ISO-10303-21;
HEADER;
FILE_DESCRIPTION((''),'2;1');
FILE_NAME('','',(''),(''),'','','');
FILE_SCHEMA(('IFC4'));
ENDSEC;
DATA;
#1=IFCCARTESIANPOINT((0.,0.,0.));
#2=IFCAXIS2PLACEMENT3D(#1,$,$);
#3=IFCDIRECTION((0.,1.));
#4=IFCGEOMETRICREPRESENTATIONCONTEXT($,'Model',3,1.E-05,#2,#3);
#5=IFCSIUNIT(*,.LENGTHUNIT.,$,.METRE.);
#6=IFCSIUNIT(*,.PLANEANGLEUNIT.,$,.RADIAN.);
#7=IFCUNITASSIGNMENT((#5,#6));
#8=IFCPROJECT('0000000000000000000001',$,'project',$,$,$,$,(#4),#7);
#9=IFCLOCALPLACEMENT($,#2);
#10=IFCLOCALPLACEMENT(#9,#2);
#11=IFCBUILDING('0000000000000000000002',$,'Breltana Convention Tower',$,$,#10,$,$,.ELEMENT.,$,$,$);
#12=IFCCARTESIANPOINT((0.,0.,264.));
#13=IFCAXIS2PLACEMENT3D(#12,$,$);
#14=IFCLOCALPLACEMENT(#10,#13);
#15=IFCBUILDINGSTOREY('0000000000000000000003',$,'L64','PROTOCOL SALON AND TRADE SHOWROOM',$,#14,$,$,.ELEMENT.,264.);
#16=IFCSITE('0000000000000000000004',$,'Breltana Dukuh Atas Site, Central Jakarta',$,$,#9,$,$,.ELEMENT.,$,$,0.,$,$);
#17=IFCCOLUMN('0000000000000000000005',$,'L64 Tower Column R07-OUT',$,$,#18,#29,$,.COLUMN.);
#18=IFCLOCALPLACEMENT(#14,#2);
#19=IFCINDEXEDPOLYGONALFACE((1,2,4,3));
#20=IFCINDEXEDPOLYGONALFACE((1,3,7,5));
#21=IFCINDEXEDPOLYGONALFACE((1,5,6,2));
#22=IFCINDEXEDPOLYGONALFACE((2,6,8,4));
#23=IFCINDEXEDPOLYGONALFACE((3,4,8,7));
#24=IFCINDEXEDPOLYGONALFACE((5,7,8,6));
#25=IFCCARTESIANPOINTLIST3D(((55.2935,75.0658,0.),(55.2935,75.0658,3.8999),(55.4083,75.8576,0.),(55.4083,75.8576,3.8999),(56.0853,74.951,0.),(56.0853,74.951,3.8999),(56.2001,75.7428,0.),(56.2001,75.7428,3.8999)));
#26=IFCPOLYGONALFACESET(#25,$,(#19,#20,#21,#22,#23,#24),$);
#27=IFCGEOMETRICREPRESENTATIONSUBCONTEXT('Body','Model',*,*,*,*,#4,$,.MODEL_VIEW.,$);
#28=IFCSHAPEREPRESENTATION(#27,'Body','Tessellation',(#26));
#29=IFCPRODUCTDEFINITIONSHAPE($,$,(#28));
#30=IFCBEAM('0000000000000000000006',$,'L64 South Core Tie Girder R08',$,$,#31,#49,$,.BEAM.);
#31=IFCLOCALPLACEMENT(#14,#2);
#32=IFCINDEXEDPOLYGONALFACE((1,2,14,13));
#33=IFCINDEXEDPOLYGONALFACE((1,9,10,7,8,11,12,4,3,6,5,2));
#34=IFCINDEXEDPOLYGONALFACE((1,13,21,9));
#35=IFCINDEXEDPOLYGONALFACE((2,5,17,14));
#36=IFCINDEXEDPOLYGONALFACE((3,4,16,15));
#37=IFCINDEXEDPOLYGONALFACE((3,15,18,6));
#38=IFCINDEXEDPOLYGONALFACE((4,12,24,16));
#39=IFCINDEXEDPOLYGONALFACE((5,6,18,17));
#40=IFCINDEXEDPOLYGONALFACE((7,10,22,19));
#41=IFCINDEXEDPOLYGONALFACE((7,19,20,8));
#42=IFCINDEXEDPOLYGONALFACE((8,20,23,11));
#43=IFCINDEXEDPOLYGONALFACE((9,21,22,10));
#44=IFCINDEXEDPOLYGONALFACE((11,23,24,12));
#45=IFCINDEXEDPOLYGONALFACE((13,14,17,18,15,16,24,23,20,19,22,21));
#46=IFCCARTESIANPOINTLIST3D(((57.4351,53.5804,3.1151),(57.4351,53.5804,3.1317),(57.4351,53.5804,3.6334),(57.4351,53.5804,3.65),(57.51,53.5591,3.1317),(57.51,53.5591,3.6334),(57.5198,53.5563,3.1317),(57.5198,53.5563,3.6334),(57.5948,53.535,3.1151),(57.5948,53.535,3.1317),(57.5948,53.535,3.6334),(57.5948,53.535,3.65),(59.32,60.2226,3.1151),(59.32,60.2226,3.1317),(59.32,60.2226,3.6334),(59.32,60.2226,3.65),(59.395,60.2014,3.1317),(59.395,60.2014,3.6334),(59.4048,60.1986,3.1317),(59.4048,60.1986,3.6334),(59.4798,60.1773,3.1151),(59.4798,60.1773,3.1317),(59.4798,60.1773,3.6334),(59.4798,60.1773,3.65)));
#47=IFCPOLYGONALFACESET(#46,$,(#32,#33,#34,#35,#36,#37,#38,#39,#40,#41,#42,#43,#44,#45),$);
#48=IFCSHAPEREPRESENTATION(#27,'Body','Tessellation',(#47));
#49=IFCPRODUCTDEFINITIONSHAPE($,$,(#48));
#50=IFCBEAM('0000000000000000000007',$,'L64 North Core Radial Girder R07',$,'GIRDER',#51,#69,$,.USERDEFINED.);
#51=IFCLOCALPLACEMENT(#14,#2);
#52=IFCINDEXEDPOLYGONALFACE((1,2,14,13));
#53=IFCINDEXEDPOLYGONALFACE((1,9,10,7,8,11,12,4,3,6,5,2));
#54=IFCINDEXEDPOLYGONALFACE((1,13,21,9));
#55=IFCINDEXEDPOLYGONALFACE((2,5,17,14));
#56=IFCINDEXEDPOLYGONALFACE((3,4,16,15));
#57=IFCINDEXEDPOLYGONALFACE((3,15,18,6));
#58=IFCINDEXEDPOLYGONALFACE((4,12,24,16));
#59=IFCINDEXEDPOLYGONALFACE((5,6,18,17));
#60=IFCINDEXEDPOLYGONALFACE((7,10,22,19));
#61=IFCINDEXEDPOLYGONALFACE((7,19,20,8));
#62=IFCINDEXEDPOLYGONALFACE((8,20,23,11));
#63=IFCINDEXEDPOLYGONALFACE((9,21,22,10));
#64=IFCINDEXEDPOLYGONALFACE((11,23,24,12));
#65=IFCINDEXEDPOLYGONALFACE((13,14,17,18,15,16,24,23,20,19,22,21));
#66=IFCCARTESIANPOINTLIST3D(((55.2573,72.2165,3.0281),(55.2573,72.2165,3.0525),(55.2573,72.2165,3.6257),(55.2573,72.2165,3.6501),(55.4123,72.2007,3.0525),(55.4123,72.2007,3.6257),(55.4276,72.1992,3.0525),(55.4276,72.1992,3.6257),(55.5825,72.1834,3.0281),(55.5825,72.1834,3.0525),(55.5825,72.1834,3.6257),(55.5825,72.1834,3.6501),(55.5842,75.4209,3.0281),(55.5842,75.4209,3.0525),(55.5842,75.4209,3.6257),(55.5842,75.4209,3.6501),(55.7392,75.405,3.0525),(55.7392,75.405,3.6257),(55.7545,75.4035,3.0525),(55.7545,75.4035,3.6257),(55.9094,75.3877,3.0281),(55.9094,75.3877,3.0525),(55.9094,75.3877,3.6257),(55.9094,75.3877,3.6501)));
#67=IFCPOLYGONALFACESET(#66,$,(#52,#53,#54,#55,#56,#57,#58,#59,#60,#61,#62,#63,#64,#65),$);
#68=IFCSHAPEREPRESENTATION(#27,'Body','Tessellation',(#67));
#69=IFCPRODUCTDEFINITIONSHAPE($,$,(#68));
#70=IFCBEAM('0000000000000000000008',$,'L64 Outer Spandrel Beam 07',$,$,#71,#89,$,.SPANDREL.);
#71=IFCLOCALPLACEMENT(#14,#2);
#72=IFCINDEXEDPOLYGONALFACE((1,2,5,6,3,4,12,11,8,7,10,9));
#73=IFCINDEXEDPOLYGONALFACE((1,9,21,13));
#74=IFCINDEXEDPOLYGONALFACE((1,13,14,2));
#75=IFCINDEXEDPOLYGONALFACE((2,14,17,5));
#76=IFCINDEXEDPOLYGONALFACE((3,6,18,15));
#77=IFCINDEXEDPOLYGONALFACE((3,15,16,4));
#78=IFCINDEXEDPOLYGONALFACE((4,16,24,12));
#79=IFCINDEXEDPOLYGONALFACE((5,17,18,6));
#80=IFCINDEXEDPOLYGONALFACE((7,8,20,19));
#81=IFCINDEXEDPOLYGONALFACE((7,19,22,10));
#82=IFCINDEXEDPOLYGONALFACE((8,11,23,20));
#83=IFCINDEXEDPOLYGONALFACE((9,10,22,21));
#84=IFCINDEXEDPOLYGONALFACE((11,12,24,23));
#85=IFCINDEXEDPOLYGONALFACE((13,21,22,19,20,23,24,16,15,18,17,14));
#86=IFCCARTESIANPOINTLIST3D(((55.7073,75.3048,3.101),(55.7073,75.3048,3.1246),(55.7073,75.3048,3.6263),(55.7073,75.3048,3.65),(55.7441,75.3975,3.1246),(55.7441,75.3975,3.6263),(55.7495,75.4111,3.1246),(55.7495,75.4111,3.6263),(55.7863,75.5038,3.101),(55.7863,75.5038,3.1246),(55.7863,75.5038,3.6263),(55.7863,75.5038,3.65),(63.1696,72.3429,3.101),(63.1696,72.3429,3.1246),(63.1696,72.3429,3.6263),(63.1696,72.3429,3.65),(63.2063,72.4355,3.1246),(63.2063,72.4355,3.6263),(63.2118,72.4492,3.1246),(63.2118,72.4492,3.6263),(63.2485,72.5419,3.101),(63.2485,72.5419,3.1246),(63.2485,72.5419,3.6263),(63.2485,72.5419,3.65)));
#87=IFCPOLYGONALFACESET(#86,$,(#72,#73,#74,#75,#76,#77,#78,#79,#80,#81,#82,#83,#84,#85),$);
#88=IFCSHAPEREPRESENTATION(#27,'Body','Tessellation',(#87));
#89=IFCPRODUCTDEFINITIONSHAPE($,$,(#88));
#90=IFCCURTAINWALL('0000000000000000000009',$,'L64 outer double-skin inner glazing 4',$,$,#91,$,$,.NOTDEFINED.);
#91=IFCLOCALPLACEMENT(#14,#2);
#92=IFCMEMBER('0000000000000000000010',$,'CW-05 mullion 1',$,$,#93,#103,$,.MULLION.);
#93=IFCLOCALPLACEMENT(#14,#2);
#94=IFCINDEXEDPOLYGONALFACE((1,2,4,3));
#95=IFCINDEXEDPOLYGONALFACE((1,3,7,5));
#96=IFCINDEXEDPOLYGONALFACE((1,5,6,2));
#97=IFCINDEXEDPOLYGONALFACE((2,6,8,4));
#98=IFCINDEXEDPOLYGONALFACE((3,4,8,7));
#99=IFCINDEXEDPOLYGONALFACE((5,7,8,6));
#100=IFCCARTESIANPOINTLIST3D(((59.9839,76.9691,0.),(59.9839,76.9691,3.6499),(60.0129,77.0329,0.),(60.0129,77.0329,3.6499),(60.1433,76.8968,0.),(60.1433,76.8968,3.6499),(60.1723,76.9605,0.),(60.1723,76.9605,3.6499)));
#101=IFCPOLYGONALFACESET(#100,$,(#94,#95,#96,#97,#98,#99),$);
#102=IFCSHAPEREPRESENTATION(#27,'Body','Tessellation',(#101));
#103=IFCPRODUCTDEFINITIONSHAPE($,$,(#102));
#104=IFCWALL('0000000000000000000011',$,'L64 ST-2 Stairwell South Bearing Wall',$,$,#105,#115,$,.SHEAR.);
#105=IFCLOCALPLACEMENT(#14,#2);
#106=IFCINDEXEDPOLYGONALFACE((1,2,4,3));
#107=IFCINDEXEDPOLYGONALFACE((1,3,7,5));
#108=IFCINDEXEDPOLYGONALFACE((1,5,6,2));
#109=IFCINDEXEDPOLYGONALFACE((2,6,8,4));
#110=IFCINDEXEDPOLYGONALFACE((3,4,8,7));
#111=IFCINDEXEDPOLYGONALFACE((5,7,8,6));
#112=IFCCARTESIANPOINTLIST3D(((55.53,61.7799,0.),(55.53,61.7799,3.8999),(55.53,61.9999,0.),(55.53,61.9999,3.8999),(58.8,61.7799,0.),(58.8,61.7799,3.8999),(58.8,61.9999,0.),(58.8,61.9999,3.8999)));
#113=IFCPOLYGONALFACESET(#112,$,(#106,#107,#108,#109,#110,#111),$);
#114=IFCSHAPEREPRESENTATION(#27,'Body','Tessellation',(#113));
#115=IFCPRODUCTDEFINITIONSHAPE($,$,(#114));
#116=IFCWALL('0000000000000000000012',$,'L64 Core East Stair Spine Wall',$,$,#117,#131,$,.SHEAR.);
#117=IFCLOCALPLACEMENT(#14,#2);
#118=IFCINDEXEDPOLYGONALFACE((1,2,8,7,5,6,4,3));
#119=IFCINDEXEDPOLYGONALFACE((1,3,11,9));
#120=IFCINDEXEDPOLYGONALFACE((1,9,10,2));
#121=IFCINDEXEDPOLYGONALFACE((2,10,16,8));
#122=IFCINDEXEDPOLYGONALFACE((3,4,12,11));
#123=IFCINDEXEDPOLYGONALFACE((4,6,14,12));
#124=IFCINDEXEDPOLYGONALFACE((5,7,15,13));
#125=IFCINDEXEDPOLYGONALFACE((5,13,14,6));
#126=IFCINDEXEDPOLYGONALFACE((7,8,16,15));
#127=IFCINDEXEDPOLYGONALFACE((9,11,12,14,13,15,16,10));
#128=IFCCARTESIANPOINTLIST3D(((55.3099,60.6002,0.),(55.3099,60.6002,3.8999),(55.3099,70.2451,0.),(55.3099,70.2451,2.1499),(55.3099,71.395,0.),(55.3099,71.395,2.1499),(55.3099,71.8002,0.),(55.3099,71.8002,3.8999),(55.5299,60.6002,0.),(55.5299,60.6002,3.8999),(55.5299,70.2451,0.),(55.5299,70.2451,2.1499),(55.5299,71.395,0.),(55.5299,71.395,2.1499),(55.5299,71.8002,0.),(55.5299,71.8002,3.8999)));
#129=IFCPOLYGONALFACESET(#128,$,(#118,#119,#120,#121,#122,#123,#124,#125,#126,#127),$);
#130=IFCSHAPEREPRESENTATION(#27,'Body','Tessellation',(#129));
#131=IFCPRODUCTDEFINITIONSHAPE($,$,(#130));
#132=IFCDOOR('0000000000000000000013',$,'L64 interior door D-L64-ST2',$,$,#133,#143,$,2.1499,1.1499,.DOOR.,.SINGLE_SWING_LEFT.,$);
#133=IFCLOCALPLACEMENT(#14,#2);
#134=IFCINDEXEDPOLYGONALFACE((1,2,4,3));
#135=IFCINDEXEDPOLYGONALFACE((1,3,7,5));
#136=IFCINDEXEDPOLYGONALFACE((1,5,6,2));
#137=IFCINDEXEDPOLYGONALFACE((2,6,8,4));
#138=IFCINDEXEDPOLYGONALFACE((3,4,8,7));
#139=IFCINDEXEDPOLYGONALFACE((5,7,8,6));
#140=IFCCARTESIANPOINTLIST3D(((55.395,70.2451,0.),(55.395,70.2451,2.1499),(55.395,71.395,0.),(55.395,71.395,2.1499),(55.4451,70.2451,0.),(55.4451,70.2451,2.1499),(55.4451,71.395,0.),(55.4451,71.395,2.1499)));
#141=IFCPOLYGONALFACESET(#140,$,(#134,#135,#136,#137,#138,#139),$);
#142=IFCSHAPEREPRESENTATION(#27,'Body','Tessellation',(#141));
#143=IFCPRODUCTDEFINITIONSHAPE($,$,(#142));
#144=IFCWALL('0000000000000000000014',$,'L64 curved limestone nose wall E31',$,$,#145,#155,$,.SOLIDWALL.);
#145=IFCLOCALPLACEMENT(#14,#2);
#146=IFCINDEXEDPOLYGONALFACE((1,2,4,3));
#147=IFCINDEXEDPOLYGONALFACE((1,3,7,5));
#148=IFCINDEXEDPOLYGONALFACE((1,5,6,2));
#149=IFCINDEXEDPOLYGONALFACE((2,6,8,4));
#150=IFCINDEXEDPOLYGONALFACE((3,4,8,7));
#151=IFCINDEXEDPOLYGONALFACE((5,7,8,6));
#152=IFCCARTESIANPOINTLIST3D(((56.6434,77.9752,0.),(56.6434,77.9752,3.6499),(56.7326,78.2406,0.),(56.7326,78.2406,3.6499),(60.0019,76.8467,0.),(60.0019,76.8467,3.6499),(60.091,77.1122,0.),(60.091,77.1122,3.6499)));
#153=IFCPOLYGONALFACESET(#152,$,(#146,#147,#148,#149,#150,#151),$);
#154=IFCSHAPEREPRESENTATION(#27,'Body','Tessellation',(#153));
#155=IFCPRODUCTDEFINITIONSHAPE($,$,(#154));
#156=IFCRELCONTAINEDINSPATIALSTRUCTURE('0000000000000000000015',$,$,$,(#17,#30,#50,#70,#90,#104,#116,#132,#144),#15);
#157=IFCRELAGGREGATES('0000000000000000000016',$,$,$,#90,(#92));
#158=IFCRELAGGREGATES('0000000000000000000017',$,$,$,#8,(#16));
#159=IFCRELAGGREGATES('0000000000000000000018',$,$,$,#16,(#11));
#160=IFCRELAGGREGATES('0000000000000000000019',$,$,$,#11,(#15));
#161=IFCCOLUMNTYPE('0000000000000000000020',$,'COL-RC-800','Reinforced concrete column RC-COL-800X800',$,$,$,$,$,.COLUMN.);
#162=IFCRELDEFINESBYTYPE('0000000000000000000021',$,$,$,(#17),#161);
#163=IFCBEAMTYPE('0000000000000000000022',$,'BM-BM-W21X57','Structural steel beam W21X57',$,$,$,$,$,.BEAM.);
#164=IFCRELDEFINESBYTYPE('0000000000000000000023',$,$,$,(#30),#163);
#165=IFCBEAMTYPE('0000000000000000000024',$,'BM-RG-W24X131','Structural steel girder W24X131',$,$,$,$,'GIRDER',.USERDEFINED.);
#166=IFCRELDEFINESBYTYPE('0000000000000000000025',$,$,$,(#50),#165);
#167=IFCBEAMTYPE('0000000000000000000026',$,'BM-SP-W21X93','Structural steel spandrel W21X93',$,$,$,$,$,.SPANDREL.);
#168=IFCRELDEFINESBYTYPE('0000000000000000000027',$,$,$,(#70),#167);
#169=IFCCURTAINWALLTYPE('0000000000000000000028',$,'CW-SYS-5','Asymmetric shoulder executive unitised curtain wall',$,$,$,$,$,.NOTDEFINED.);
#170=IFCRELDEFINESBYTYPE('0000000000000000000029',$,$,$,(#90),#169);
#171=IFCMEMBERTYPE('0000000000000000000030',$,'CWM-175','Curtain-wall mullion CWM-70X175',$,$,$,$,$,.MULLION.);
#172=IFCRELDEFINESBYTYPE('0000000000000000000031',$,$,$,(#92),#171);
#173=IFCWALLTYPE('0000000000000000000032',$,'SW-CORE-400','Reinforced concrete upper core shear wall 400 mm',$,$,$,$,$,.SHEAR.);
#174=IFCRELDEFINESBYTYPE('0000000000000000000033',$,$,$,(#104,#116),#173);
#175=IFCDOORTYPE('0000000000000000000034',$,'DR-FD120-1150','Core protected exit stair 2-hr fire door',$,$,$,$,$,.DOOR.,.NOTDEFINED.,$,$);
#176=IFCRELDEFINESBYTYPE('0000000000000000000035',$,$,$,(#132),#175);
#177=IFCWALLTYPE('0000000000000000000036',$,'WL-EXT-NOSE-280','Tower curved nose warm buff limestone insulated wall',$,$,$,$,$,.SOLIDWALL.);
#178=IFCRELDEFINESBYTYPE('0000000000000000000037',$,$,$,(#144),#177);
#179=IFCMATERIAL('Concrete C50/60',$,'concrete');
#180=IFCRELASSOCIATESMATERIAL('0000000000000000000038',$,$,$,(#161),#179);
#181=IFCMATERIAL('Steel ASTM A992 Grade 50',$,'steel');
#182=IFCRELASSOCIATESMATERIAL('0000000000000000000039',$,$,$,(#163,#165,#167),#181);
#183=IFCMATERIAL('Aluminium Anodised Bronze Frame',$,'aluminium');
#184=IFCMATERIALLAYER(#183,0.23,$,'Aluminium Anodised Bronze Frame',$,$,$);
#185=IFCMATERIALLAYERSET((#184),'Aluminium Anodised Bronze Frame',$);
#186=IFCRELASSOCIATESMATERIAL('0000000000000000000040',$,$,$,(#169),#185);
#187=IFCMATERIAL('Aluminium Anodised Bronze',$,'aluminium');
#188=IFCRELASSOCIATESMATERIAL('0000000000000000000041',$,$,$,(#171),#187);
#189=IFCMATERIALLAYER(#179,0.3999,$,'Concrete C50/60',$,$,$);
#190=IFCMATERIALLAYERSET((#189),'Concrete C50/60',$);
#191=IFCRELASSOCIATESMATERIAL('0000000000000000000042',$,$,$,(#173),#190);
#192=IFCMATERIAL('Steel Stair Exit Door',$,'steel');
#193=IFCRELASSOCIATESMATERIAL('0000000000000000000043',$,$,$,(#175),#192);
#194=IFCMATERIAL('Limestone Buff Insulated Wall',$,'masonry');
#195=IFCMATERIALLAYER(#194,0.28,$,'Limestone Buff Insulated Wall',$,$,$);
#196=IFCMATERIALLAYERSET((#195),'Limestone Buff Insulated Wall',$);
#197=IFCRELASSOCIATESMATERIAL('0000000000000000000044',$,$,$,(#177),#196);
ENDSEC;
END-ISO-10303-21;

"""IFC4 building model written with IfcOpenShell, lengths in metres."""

from ifc_helpers import new_model, si_unit, direction, frame, frame_2d, origin, origin_2d, place, context, subcontext, project, spatial, rectangle, i_section, extrude, source, transform, mapped, material, layer, layer_set, material_profile, profile_set, type_object, type_shapes, element, fill, aggregate, save


model = new_model("IFC4")

# Units and contexts
model_context = context("Model", 3, precision=1e-05, world=origin(), true_north=direction((0.0, 1.0)))
body_context = subcontext(model_context, "Body", "Model", "MODEL_VIEW")
ifc_project = project(units=[si_unit("LENGTHUNIT", "METRE"), si_unit("PLANEANGLEUNIT", "RADIAN")], contexts=[model_context])

# Site, building, storey
site_placement = place(None, origin())
site = spatial("IfcSite", under=ifc_project, at=site_placement, Name="Breltana Dukuh Atas Site, Central Jakarta", CompositionType="ELEMENT", RefElevation=0.0)
building_placement = place(site_placement, origin())
building = spatial("IfcBuilding", under=site, at=building_placement, Name="Breltana Convention Tower", CompositionType="ELEMENT")
storey_placement = place(building_placement, frame((0.0, 0.0, 264.0)))
storey = spatial("IfcBuildingStorey", under=building, at=storey_placement, Name="L64", Description="PROTOCOL SALON AND TRADE SHOWROOM", CompositionType="ELEMENT", Elevation=264.0)

# Column
ifc_material_1 = material(Name="Concrete C50/60", Category="concrete")
ifc_material_profile_1 = material_profile(ifc_material_1, rectangle(XDim=0.8, YDim=0.8, at=origin_2d()), Name="RC-COL-800X800")
ifc_profile_set_1 = profile_set([ifc_material_profile_1], Name="Concrete C50/60")
column_type = type_object("IfcColumnType", Name="COL-RC-800", Description="Reinforced concrete column RC-COL-800X800", PredefinedType="COLUMN", material=ifc_profile_set_1)
shared_shape_1 = source(origin(), body_context, "Body", "SweptSolid", [
    extrude(rectangle(XDim=0.8, YDim=0.8, at=origin_2d()), origin(), (0.0, 0.0, 1.0), 3.8999),
])
column_placement = place(storey_placement, frame((55.7468, 75.4043, 0.0), z_axis=(0.0, 0.0, 1.0), x_axis=(0.143493, 0.989651, 0.0)))
element("IfcColumn", 1, at=column_placement, inside=storey, type_object=column_type, Name="L64 Tower Column R07-OUT", PredefinedType="COLUMN", context=body_context, shape_type="MappedRepresentation", body=[
    mapped(shared_shape_1, transform((0.0, 0.0, 0.0), scale=1.0)),
])

# Beams
ifc_material_2 = material(Name="Steel ASTM A992 Grade 50", Category="steel")
ifc_material_profile_2 = material_profile(ifc_material_2, i_section(OverallWidth=0.166, OverallDepth=0.5349, WebThickness=0.0103, FlangeThickness=0.0166, at=origin_2d()), Name="W21X57")
ifc_profile_set_2 = profile_set([ifc_material_profile_2], Name="Steel ASTM A992 Grade 50")
beam_type_1 = type_object("IfcBeamType", Name="BM-BM-W21X57", Description="Structural steel beam W21X57", PredefinedType="BEAM", material=ifc_profile_set_2)
shared_shape_2 = source(origin(), body_context, "Body", "SweptSolid", [
    extrude(i_section(OverallWidth=0.166, OverallDepth=0.5349, WebThickness=0.0103, FlangeThickness=0.0166, at=origin_2d()), origin(), (0.0, 0.0, 1.0), 6.9045),
])
type_shapes(beam_type_1, [shared_shape_2])
beam_1_placement = place(storey_placement, frame((59.3999, 60.2, 3.3826), z_axis=(-0.273007, -0.962012, 0.0), x_axis=(0.962012, -0.273007, 0.0)))
element("IfcBeam", 2, at=beam_1_placement, inside=storey, type_object=beam_type_1, Name="L64 South Core Tie Girder R08", PredefinedType="BEAM", context=body_context, shape_type="MappedRepresentation", body=[
    mapped(shared_shape_2, transform((0.0, 0.0, 0.0), scale=1.0)),
])
ifc_material_profile_3 = material_profile(ifc_material_2, i_section(OverallWidth=0.3269, OverallDepth=0.6221, WebThickness=0.0154, FlangeThickness=0.0244, at=origin_2d()), Name="W24X131")
ifc_profile_set_3 = profile_set([ifc_material_profile_3], Name="Steel ASTM A992 Grade 50")
beam_type_2 = type_object("IfcBeamType", Name="BM-RG-W24X131", Description="Structural steel girder W24X131", ElementType="GIRDER", PredefinedType="USERDEFINED", material=ifc_profile_set_3)
shared_shape_3 = source(origin(), body_context, "Body", "SweptSolid", [
    extrude(i_section(OverallWidth=0.3269, OverallDepth=0.6221, WebThickness=0.0154, FlangeThickness=0.0244, at=origin_2d()), origin(), (0.0, 0.0, 1.0), 3.2209),
])
beam_2_placement = place(storey_placement, frame((55.4199, 72.2, 3.3391), z_axis=(0.101492, 0.994836, 0.0), x_axis=(-0.994836, 0.101492, 0.0)))
element("IfcBeam", 3, at=beam_2_placement, inside=storey, type_object=beam_type_2, Name="L64 North Core Radial Girder R07", ObjectType="GIRDER", PredefinedType="USERDEFINED", context=body_context, shape_type="MappedRepresentation", body=[
    mapped(shared_shape_3, transform((0.0, 0.0, 0.0), scale=1.0)),
])
ifc_material_profile_4 = material_profile(ifc_material_2, i_section(OverallWidth=0.2141, OverallDepth=0.5491, WebThickness=0.0146, FlangeThickness=0.0237, at=origin_2d()), Name="W21X93")
ifc_profile_set_4 = profile_set([ifc_material_profile_4], Name="Steel ASTM A992 Grade 50")
beam_type_3 = type_object("IfcBeamType", Name="BM-SP-W21X93", Description="Structural steel spandrel W21X93", PredefinedType="SPANDREL", material=ifc_profile_set_4)
shared_shape_4 = source(origin(), body_context, "Body", "SweptSolid", [
    extrude(i_section(OverallWidth=0.2141, OverallDepth=0.5491, WebThickness=0.0146, FlangeThickness=0.0237, at=origin_2d()), origin(), (0.0, 0.0, 1.0), 8.0286),
])
beam_3_placement = place(storey_placement, frame((55.7468, 75.4043, 3.3755), z_axis=(0.929459, -0.368925, 0.0), x_axis=(0.368925, 0.929459, 0.0)))
element("IfcBeam", 4, at=beam_3_placement, inside=storey, type_object=beam_type_3, Name="L64 Outer Spandrel Beam 07", PredefinedType="SPANDREL", context=body_context, shape_type="MappedRepresentation", body=[
    mapped(shared_shape_4, transform((0.0, 0.0, 0.0), scale=1.0)),
])

# Curtain wall, member
ifc_material_3 = material(Name="Aluminium Anodised Bronze Frame", Category="aluminium")
ifc_layer_1 = layer(ifc_material_3, 0.23, Name="Aluminium Anodised Bronze Frame")
ifc_layer_set_1 = layer_set([ifc_layer_1], Name="Aluminium Anodised Bronze Frame")
curtain_wall_type = type_object("IfcCurtainWallType", Name="CW-SYS-5", Description="Asymmetric shoulder executive unitised curtain wall", PredefinedType="NOTDEFINED", material=ifc_layer_set_1)
curtain_wall_placement = place(storey_placement, origin())
curtain_wall = element("IfcCurtainWall", 5, at=curtain_wall_placement, inside=storey, type_object=curtain_wall_type, Name="L64 outer double-skin inner glazing 4", PredefinedType="NOTDEFINED")
ifc_material_4 = material(Name="Aluminium Anodised Bronze", Category="aluminium")
ifc_material_profile_5 = material_profile(ifc_material_4, rectangle(XDim=0.0701, YDim=0.175, at=origin_2d()), Name="CWM-70X175")
ifc_profile_set_5 = profile_set([ifc_material_profile_5], Name="Aluminium Anodised Bronze")
member_type = type_object("IfcMemberType", Name="CWM-175", Description="Curtain-wall mullion CWM-70X175", PredefinedType="MULLION", material=ifc_profile_set_5)
shared_shape_5 = source(origin(), body_context, "Body", "SweptSolid", [
    extrude(rectangle(XDim=0.0701, YDim=0.175, at=origin_2d()), origin(), (0.0, 0.0, 1.0), 3.6499),
])
member_placement = place(storey_placement, frame((60.0781, 76.9648, 0.0), z_axis=(0.0, 0.0, 1.0), x_axis=(0.413537, 0.910487, 0.0)))
member = element("IfcMember", 6, at=member_placement, type_object=member_type, Name="CW-05 mullion 1", PredefinedType="MULLION", context=body_context, shape_type="MappedRepresentation", body=[
    mapped(shared_shape_5, transform((0.0, 0.0, 0.0), scale=1.0)),
])
aggregate(curtain_wall, [member])

# Wall
ifc_layer_2 = layer(ifc_material_1, 0.3999, Name="Concrete C50/60")
ifc_layer_set_2 = layer_set([ifc_layer_2], Name="Concrete C50/60")
wall_type_1 = type_object("IfcWallType", Name="SW-CORE-400", Description="Reinforced concrete upper core shear wall 400 mm", PredefinedType="SHEAR", material=ifc_layer_set_2)
shared_shape_6 = source(origin(), body_context, "Body", "SweptSolid", [
    extrude(rectangle(XDim=3.27, YDim=0.22, at=frame_2d((1.635, 0.0))), origin(), (0.0, 0.0, 1.0), 3.8999),
])
wall_1_placement = place(storey_placement, frame((55.53, 61.8899, 0.0), z_axis=(0.0, 0.0, 1.0), x_axis=(1.0, 0.0, 0.0)))
element("IfcWall", 7, at=wall_1_placement, inside=storey, type_object=wall_type_1, Name="L64 ST-2 Stairwell South Bearing Wall", PredefinedType="SHEAR", context=body_context, shape_type="MappedRepresentation", body=[
    mapped(shared_shape_6, transform((0.0, 0.0, 0.0), scale=1.0)),
])

# Wall, opening, door
shared_shape_7 = source(origin(), body_context, "Body", "SweptSolid", [
    extrude(rectangle(XDim=11.2, YDim=0.22, at=frame_2d((5.6001, 0.0))), origin(), (0.0, 0.0, 1.0), 3.8999),
])
wall_2_placement = place(storey_placement, frame((55.4199, 60.6001, 0.0), z_axis=(0.0, 0.0, 1.0), x_axis=(0.0, 1.0, 0.0)))
wall_2 = element("IfcWall", 8, at=wall_2_placement, inside=storey, type_object=wall_type_1, Name="L64 Core East Stair Spine Wall", PredefinedType="SHEAR", context=body_context, shape_type="MappedRepresentation", body=[
    mapped(shared_shape_7, transform((0.0, 0.0, 0.0), scale=1.0)),
])
opening_placement = place(wall_2_placement, frame((9.645, 0.0, 0.0)))
opening = element("IfcOpeningElement", 9, at=opening_placement, cuts=wall_2, PredefinedType="OPENING", context=body_context, shape_type="SweptSolid", body=[
    extrude(rectangle(XDim=1.1499, YDim=2.1499, at=frame_2d((0.575, 1.075))), frame((0.0, 0.1201, 0.0), z_axis=(0.0, -1.0, 0.0), x_axis=(1.0, 0.0, 0.0)), (0.0, 0.0, 1.0), 0.24),
])
ifc_material_5 = material(Name="Steel Stair Exit Door", Category="steel")
door_type = type_object("IfcDoorType", Name="DR-FD120-1150", Description="Core protected exit stair 2-hr fire door", OperationType="NOTDEFINED", PredefinedType="DOOR", material=ifc_material_5)
shared_shape_8 = source(origin(), body_context, "Body", "SweptSolid", [
    extrude(rectangle(XDim=1.1499, YDim=2.1499, at=frame_2d((0.575, 1.075))), frame((0.0, 0.0249, 0.0), z_axis=(0.0, -1.0, 0.0), x_axis=(1.0, 0.0, 0.0)), (0.0, 0.0, 1.0), 0.05),
])
type_shapes(door_type, [shared_shape_8])
door_placement = place(opening_placement, origin())
door = element("IfcDoor", 10, at=door_placement, inside=storey, type_object=door_type, Name="L64 interior door D-L64-ST2", OperationType="SINGLE_SWING_LEFT", OverallHeight=2.1499, OverallWidth=1.1499, PredefinedType="DOOR", context=body_context, shape_type="MappedRepresentation", body=[
    mapped(shared_shape_8, transform((0.0, 0.0, 0.0), scale=1.0)),
])
fill(opening, door)

# Wall
ifc_material_6 = material(Name="Limestone Buff Insulated Wall", Category="masonry")
ifc_layer_3 = layer(ifc_material_6, 0.28, Name="Limestone Buff Insulated Wall")
ifc_layer_set_3 = layer_set([ifc_layer_3], Name="Limestone Buff Insulated Wall")
wall_type_2 = type_object("IfcWallType", Name="WL-EXT-NOSE-280", Description="Tower curved nose warm buff limestone insulated wall", PredefinedType="SOLIDWALL", material=ifc_layer_set_3)
shared_shape_9 = source(origin(), body_context, "Body", "SweptSolid", [
    extrude(rectangle(XDim=3.543, YDim=0.28, at=frame_2d((1.7715, 0.0))), origin(), (0.0, 0.0, 1.0), 3.6499),
])
wall_3_placement = place(storey_placement, frame((56.688, 78.1079, 0.0), z_axis=(0.0, 0.0, 1.0), x_axis=(0.947923, -0.318501, 0.0)))
element("IfcWall", 11, at=wall_3_placement, inside=storey, type_object=wall_type_2, Name="L64 curved limestone nose wall E31", PredefinedType="SOLIDWALL", context=body_context, shape_type="MappedRepresentation", body=[
    mapped(shared_shape_9, transform((0.0, 0.0, 0.0), scale=1.0)),
])

save(model, "model.ifc")
